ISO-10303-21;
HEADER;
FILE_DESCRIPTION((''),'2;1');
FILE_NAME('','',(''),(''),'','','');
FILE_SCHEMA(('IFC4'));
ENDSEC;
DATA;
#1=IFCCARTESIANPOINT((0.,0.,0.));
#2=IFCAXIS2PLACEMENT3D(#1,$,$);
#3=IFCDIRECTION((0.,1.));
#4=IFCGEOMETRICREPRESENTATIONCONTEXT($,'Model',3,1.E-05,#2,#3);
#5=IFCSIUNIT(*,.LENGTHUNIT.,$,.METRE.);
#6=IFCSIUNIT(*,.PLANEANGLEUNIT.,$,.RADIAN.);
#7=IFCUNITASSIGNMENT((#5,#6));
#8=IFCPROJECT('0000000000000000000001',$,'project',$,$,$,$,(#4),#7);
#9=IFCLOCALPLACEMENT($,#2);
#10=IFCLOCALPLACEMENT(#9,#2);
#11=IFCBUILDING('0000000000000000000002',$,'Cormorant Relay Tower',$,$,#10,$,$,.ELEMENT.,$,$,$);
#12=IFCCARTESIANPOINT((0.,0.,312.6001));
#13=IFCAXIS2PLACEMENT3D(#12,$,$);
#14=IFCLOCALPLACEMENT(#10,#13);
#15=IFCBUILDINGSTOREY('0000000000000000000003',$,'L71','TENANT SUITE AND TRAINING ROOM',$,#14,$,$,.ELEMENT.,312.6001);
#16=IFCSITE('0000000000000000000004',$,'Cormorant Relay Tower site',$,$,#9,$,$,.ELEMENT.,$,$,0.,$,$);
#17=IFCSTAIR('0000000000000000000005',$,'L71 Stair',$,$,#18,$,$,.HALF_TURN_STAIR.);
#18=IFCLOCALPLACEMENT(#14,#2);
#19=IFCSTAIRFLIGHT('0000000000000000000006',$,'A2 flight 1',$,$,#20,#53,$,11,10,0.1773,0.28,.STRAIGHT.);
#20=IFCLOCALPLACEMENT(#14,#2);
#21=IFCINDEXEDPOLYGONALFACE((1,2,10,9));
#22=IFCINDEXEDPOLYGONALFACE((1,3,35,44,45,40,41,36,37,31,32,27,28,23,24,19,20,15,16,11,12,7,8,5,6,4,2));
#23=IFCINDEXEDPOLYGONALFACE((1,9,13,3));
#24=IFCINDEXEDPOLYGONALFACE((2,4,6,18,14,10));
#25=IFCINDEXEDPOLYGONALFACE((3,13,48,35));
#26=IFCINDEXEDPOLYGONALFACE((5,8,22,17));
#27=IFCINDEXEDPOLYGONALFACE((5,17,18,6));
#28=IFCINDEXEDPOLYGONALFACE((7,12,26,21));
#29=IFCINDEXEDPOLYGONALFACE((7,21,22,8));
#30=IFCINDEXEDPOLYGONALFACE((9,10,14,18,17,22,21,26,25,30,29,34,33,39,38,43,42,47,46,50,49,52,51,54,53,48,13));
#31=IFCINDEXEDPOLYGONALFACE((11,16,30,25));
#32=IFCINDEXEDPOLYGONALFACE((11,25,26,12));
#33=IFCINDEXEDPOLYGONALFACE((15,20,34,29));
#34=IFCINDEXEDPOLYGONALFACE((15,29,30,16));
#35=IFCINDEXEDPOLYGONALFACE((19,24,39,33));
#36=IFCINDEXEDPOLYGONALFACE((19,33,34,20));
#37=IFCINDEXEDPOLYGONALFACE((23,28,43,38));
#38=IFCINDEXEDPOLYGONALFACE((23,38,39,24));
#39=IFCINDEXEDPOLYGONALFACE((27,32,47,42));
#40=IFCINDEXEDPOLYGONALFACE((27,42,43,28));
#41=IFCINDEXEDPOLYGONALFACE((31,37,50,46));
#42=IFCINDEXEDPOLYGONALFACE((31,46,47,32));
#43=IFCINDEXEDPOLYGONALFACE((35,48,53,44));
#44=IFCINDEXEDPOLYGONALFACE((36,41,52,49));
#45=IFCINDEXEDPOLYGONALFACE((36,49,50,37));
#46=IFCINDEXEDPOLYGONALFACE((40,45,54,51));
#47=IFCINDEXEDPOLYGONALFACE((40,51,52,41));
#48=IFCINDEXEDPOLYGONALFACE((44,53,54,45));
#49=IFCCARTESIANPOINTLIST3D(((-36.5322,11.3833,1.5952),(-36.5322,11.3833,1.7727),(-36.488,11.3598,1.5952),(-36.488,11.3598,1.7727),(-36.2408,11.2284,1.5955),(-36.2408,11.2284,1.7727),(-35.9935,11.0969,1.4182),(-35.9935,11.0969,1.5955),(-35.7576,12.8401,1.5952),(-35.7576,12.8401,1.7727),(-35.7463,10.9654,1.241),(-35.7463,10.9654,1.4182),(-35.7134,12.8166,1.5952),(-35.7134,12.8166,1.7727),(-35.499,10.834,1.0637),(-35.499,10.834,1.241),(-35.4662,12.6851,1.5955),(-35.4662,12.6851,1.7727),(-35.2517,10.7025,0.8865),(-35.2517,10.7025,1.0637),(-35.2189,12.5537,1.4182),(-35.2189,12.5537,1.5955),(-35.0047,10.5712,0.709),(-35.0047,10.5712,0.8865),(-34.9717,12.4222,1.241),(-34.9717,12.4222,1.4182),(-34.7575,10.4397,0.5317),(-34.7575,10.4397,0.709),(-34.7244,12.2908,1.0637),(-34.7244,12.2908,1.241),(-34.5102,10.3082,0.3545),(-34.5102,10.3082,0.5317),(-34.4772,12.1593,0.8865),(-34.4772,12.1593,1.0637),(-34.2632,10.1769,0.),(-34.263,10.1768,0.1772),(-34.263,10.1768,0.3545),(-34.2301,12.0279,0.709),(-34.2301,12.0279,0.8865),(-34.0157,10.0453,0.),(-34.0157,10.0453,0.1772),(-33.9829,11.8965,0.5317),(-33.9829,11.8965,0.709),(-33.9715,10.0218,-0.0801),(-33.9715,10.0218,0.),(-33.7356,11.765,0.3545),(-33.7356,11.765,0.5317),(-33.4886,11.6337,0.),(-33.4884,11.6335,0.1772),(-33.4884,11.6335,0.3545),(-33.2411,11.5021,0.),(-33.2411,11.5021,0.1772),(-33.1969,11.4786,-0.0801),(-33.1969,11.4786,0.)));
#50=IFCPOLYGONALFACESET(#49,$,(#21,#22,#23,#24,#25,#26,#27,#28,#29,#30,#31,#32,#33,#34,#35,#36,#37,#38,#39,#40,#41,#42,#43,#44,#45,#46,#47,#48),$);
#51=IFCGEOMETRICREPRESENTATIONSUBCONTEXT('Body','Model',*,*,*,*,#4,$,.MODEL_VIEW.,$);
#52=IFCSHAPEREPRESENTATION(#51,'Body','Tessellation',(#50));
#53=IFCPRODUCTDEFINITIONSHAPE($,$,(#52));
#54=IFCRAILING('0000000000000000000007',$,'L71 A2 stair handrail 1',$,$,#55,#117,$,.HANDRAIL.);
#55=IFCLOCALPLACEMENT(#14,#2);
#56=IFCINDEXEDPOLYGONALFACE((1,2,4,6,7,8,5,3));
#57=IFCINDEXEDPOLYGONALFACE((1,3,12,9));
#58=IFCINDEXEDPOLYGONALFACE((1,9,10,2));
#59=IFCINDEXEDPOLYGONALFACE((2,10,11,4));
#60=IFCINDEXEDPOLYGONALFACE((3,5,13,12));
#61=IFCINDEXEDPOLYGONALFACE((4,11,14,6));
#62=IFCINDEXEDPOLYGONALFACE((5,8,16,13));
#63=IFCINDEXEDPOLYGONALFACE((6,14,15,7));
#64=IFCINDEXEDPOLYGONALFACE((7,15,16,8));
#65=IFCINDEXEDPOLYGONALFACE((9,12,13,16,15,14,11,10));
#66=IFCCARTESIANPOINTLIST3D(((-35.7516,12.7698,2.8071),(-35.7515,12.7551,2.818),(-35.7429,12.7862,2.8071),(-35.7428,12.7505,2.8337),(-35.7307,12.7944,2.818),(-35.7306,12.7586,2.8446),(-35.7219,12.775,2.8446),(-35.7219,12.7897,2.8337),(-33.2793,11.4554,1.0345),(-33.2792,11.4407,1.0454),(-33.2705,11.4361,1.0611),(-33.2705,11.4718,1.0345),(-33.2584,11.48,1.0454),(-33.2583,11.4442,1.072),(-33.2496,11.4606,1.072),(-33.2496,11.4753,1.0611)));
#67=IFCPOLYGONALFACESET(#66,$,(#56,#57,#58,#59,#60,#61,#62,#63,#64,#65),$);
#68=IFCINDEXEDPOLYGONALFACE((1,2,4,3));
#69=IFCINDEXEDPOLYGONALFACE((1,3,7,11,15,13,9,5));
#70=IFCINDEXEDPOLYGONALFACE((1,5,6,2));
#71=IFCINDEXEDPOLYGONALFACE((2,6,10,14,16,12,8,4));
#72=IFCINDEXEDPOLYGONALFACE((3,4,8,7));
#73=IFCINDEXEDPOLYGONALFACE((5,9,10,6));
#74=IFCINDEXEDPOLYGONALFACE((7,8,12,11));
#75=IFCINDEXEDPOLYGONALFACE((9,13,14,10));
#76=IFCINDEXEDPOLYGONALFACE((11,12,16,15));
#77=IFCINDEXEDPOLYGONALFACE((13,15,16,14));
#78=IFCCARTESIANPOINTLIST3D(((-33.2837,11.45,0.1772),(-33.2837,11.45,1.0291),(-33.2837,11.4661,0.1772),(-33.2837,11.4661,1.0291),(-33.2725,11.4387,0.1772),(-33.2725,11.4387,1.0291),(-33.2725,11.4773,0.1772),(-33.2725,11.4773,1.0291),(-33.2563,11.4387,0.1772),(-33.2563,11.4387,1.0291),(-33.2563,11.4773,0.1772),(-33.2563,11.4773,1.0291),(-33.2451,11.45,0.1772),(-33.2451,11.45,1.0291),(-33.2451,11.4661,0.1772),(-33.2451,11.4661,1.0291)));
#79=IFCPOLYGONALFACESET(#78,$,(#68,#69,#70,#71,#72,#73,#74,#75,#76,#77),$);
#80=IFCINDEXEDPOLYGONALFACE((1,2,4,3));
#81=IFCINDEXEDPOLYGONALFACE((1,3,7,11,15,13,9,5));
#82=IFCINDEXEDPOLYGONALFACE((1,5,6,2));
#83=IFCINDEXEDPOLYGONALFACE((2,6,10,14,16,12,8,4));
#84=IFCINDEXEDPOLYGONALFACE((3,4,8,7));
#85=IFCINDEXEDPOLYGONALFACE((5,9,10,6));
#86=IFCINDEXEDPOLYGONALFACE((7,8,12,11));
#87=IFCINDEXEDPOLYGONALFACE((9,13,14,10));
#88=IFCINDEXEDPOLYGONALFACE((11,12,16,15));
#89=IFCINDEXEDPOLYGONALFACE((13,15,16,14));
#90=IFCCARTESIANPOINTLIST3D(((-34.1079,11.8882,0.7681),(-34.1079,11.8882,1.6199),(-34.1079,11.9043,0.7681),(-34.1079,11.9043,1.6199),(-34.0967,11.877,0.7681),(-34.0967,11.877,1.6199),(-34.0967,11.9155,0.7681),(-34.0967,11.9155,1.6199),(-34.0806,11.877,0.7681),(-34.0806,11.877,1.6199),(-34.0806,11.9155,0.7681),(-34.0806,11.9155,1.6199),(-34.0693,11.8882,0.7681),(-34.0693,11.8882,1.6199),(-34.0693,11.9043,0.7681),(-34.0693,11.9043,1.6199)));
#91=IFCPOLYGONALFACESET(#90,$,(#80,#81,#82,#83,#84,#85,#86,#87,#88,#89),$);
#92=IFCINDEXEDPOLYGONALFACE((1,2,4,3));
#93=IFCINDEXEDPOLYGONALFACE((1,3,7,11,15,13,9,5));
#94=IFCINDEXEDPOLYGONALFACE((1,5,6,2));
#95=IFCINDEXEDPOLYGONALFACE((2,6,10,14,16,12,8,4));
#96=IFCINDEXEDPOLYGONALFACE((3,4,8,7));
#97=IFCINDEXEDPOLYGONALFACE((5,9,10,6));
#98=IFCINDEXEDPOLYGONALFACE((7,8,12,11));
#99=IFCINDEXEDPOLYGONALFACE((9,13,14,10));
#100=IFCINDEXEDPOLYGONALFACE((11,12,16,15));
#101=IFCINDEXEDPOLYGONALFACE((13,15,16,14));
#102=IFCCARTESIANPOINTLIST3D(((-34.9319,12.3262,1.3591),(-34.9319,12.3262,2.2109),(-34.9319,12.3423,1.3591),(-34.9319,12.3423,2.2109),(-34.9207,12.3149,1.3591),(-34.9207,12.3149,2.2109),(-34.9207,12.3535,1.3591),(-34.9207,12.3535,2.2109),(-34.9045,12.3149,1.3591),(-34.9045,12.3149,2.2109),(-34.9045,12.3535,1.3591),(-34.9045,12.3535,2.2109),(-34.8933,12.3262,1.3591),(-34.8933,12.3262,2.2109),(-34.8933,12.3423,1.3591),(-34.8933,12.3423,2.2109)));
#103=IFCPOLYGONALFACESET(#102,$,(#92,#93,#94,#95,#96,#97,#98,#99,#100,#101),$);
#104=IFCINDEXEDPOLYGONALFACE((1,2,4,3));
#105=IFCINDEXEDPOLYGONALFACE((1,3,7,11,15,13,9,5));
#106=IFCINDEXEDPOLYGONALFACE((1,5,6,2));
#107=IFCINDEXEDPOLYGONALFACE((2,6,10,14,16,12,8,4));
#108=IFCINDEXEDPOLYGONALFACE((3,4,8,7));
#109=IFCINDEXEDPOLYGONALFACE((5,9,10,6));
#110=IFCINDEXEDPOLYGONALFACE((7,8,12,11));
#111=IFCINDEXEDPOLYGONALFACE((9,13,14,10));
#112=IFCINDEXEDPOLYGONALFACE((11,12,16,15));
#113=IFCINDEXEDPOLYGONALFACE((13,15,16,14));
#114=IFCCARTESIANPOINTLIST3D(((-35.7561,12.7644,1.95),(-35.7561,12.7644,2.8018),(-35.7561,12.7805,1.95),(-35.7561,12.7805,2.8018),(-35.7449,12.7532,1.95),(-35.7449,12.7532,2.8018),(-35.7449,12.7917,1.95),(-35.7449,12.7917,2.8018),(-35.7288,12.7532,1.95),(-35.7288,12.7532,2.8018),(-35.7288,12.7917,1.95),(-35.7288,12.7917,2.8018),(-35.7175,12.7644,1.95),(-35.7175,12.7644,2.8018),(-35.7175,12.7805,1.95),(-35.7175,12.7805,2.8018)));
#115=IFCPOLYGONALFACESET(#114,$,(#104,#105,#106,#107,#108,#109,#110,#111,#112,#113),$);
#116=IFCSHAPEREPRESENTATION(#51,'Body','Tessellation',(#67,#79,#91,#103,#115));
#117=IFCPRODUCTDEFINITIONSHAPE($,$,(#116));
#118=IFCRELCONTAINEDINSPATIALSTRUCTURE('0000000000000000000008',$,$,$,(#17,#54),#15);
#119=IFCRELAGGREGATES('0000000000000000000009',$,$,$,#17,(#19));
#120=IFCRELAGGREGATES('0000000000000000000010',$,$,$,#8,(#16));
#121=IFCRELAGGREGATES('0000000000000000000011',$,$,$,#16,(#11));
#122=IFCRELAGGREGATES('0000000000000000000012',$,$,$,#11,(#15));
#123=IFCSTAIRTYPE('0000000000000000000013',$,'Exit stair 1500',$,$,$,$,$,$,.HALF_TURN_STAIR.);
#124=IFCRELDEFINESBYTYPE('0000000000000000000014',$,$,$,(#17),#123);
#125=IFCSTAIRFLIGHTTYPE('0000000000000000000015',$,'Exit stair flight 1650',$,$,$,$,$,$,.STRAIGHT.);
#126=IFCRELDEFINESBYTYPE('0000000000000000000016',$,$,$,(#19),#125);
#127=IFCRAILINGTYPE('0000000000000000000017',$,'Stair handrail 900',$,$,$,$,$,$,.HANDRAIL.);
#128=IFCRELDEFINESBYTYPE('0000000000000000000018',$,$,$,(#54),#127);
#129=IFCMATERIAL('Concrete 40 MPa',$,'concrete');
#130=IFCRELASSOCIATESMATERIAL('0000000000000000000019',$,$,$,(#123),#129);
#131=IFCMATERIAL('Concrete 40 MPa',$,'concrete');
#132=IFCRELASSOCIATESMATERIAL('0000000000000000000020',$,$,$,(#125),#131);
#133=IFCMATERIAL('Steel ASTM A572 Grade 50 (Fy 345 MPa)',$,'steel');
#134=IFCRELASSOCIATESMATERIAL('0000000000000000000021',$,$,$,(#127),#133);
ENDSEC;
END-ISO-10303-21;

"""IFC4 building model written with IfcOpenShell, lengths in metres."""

from ifc_helpers import new_model, si_unit, direction, frame, origin, place, context, subcontext, project, spatial, polyline, outline, extrude, material, type_object, element, aggregate, save


model = new_model("IFC4")

# Units and contexts
model_context = context("Model", 3, precision=1e-05, world=origin(), true_north=direction((0.0, 1.0)))
body_context = subcontext(model_context, "Body", "Model", "MODEL_VIEW")
ifc_project = project(units=[si_unit("LENGTHUNIT", "METRE"), si_unit("PLANEANGLEUNIT", "RADIAN")], contexts=[model_context])

# Site, building, storey
site_placement = place(None, origin())
site = spatial("IfcSite", under=ifc_project, at=site_placement, Name="Cormorant Relay Tower site", CompositionType="ELEMENT", RefElevation=0.0)
building_placement = place(site_placement, origin())
building = spatial("IfcBuilding", under=site, at=building_placement, Name="Cormorant Relay Tower", CompositionType="ELEMENT")
storey_placement = place(building_placement, frame((0.0, 0.0, 312.6001)))
storey = spatial("IfcBuildingStorey", under=building, at=storey_placement, Name="L71", Description="TENANT SUITE AND TRAINING ROOM", CompositionType="ELEMENT", Elevation=312.6001)

# Stair, stair flight
ifc_material_1 = material(Name="Concrete 40 MPa", Category="concrete")
stair_type = type_object("IfcStairType", Name="Exit stair 1500", PredefinedType="HALF_TURN_STAIR", material=ifc_material_1)
stair_placement = place(storey_placement, origin())
stair = element("IfcStair", 1, at=stair_placement, inside=storey, type_object=stair_type, Name="L71 Stair", PredefinedType="HALF_TURN_STAIR")
ifc_material_2 = material(Name="Concrete 40 MPa", Category="concrete")
stair_flight_type = type_object("IfcStairFlightType", Name="Exit stair flight 1650", PredefinedType="STRAIGHT", material=ifc_material_2)
stair_flight_placement = place(storey_placement, frame((-33.6284, 10.7737, 0.0), z_axis=(0.0, 0.0, 1.0), x_axis=(-0.882948, 0.469472, 0.0)))
stair_flight = element("IfcStairFlight", 2, at=stair_flight_placement, type_object=stair_flight_type, Name="A2 flight 1", NumberOfRisers=11, NumberOfTreads=10, PredefinedType="STRAIGHT", RiserHeight=0.1773, TreadLength=0.28, context=body_context, shape_type="SweptSolid", body=[
    extrude(outline(polyline([(-0.05, -0.0801), (-0.05, 0.0), (0.0, 0.0), (0.0, 0.1772), (0.28, 0.1772), (0.28, 0.3545), (0.5601, 0.3545), (0.5601, 0.5317), (0.8401, 0.5317), (0.8401, 0.709), (1.1201, 0.709), (1.1201, 0.8865), (1.3999, 0.8865), (1.3999, 1.0637), (1.6799, 1.0637), (1.6799, 1.241), (1.96, 1.241), (1.96, 1.4182), (2.24, 1.4182), (2.24, 1.5955), (2.52, 1.5955), (2.52, 1.7727), (2.8, 1.7727), (2.8501, 1.7727), (2.8501, 1.5952), (2.8, 1.5952), (0.2803, 0.0), (-0.05, -0.0801)])), frame((0.0, 0.825, 0.0), z_axis=(0.0, -1.0, 0.0), x_axis=(1.0, 0.0, 0.0)), (0.0, 0.0, 1.0), 1.6499),
])
aggregate(stair, [stair_flight])

# Railing
ifc_material_3 = material(Name="Steel ASTM A572 Grade 50 (Fy 345 MPa)", Category="steel")
railing_type = type_object("IfcRailingType", Name="Stair handrail 900", PredefinedType="HANDRAIL", material=ifc_material_3)
railing_placement = place(storey_placement, frame((-33.2644, 11.458, 0.1772)))
element("IfcRailing", 3, at=railing_placement, inside=storey, type_object=railing_type, Name="L71 A2 stair handrail 1", PredefinedType="HANDRAIL", context=body_context, shape_type="SweptSolid", body=[
    extrude(outline(polyline([(0.0222, 0.0093), (0.0093, 0.0222), (-0.0093, 0.0222), (-0.0222, 0.0093), (-0.0222, -0.0093), (-0.0093, -0.0222), (0.0093, -0.0222), (0.0222, -0.0093), (0.0222, 0.0093)])), frame((0.0, 0.0, 0.876), z_axis=(-0.746034, 0.396627, 0.534902), x_axis=(-0.469429, -0.88297, 0.0)), (0.0, 0.0, 1.0), 3.314),
    extrude(outline(polyline([(0.0193, 0.0081), (0.0081, 0.0193), (-0.0081, 0.0193), (-0.0193, 0.0081), (-0.0193, -0.0081), (-0.0081, -0.0193), (0.0081, -0.0193), (0.0193, -0.0081), (0.0193, 0.0081)])), origin(), (0.0, 0.0, 1.0), 0.8518),
    extrude(outline(polyline([(0.0193, 0.0081), (0.0081, 0.0193), (-0.0081, 0.0193), (-0.0193, 0.0081), (-0.0193, -0.0081), (-0.0081, -0.0193), (0.0081, -0.0193), (0.0193, -0.0081), (0.0193, 0.0081)])), frame((-0.8242, 0.4382, 0.5908)), (0.0, 0.0, 1.0), 0.8518),
    extrude(outline(polyline([(0.0193, 0.0081), (0.0081, 0.0193), (-0.0081, 0.0193), (-0.0193, 0.0081), (-0.0193, -0.0081), (-0.0081, -0.0193), (0.0081, -0.0193), (0.0193, -0.0081), (0.0193, 0.0081)])), frame((-1.6482, 0.8762, 1.1819)), (0.0, 0.0, 1.0), 0.8518),
    extrude(outline(polyline([(0.0193, 0.0081), (0.0081, 0.0193), (-0.0081, 0.0193), (-0.0193, 0.0081), (-0.0193, -0.0081), (-0.0081, -0.0193), (0.0081, -0.0193), (0.0193, -0.0081), (0.0193, 0.0081)])), frame((-2.4724, 1.3145, 1.7727)), (0.0, 0.0, 1.0), 0.8518),
])

save(model, "model.ifc")
